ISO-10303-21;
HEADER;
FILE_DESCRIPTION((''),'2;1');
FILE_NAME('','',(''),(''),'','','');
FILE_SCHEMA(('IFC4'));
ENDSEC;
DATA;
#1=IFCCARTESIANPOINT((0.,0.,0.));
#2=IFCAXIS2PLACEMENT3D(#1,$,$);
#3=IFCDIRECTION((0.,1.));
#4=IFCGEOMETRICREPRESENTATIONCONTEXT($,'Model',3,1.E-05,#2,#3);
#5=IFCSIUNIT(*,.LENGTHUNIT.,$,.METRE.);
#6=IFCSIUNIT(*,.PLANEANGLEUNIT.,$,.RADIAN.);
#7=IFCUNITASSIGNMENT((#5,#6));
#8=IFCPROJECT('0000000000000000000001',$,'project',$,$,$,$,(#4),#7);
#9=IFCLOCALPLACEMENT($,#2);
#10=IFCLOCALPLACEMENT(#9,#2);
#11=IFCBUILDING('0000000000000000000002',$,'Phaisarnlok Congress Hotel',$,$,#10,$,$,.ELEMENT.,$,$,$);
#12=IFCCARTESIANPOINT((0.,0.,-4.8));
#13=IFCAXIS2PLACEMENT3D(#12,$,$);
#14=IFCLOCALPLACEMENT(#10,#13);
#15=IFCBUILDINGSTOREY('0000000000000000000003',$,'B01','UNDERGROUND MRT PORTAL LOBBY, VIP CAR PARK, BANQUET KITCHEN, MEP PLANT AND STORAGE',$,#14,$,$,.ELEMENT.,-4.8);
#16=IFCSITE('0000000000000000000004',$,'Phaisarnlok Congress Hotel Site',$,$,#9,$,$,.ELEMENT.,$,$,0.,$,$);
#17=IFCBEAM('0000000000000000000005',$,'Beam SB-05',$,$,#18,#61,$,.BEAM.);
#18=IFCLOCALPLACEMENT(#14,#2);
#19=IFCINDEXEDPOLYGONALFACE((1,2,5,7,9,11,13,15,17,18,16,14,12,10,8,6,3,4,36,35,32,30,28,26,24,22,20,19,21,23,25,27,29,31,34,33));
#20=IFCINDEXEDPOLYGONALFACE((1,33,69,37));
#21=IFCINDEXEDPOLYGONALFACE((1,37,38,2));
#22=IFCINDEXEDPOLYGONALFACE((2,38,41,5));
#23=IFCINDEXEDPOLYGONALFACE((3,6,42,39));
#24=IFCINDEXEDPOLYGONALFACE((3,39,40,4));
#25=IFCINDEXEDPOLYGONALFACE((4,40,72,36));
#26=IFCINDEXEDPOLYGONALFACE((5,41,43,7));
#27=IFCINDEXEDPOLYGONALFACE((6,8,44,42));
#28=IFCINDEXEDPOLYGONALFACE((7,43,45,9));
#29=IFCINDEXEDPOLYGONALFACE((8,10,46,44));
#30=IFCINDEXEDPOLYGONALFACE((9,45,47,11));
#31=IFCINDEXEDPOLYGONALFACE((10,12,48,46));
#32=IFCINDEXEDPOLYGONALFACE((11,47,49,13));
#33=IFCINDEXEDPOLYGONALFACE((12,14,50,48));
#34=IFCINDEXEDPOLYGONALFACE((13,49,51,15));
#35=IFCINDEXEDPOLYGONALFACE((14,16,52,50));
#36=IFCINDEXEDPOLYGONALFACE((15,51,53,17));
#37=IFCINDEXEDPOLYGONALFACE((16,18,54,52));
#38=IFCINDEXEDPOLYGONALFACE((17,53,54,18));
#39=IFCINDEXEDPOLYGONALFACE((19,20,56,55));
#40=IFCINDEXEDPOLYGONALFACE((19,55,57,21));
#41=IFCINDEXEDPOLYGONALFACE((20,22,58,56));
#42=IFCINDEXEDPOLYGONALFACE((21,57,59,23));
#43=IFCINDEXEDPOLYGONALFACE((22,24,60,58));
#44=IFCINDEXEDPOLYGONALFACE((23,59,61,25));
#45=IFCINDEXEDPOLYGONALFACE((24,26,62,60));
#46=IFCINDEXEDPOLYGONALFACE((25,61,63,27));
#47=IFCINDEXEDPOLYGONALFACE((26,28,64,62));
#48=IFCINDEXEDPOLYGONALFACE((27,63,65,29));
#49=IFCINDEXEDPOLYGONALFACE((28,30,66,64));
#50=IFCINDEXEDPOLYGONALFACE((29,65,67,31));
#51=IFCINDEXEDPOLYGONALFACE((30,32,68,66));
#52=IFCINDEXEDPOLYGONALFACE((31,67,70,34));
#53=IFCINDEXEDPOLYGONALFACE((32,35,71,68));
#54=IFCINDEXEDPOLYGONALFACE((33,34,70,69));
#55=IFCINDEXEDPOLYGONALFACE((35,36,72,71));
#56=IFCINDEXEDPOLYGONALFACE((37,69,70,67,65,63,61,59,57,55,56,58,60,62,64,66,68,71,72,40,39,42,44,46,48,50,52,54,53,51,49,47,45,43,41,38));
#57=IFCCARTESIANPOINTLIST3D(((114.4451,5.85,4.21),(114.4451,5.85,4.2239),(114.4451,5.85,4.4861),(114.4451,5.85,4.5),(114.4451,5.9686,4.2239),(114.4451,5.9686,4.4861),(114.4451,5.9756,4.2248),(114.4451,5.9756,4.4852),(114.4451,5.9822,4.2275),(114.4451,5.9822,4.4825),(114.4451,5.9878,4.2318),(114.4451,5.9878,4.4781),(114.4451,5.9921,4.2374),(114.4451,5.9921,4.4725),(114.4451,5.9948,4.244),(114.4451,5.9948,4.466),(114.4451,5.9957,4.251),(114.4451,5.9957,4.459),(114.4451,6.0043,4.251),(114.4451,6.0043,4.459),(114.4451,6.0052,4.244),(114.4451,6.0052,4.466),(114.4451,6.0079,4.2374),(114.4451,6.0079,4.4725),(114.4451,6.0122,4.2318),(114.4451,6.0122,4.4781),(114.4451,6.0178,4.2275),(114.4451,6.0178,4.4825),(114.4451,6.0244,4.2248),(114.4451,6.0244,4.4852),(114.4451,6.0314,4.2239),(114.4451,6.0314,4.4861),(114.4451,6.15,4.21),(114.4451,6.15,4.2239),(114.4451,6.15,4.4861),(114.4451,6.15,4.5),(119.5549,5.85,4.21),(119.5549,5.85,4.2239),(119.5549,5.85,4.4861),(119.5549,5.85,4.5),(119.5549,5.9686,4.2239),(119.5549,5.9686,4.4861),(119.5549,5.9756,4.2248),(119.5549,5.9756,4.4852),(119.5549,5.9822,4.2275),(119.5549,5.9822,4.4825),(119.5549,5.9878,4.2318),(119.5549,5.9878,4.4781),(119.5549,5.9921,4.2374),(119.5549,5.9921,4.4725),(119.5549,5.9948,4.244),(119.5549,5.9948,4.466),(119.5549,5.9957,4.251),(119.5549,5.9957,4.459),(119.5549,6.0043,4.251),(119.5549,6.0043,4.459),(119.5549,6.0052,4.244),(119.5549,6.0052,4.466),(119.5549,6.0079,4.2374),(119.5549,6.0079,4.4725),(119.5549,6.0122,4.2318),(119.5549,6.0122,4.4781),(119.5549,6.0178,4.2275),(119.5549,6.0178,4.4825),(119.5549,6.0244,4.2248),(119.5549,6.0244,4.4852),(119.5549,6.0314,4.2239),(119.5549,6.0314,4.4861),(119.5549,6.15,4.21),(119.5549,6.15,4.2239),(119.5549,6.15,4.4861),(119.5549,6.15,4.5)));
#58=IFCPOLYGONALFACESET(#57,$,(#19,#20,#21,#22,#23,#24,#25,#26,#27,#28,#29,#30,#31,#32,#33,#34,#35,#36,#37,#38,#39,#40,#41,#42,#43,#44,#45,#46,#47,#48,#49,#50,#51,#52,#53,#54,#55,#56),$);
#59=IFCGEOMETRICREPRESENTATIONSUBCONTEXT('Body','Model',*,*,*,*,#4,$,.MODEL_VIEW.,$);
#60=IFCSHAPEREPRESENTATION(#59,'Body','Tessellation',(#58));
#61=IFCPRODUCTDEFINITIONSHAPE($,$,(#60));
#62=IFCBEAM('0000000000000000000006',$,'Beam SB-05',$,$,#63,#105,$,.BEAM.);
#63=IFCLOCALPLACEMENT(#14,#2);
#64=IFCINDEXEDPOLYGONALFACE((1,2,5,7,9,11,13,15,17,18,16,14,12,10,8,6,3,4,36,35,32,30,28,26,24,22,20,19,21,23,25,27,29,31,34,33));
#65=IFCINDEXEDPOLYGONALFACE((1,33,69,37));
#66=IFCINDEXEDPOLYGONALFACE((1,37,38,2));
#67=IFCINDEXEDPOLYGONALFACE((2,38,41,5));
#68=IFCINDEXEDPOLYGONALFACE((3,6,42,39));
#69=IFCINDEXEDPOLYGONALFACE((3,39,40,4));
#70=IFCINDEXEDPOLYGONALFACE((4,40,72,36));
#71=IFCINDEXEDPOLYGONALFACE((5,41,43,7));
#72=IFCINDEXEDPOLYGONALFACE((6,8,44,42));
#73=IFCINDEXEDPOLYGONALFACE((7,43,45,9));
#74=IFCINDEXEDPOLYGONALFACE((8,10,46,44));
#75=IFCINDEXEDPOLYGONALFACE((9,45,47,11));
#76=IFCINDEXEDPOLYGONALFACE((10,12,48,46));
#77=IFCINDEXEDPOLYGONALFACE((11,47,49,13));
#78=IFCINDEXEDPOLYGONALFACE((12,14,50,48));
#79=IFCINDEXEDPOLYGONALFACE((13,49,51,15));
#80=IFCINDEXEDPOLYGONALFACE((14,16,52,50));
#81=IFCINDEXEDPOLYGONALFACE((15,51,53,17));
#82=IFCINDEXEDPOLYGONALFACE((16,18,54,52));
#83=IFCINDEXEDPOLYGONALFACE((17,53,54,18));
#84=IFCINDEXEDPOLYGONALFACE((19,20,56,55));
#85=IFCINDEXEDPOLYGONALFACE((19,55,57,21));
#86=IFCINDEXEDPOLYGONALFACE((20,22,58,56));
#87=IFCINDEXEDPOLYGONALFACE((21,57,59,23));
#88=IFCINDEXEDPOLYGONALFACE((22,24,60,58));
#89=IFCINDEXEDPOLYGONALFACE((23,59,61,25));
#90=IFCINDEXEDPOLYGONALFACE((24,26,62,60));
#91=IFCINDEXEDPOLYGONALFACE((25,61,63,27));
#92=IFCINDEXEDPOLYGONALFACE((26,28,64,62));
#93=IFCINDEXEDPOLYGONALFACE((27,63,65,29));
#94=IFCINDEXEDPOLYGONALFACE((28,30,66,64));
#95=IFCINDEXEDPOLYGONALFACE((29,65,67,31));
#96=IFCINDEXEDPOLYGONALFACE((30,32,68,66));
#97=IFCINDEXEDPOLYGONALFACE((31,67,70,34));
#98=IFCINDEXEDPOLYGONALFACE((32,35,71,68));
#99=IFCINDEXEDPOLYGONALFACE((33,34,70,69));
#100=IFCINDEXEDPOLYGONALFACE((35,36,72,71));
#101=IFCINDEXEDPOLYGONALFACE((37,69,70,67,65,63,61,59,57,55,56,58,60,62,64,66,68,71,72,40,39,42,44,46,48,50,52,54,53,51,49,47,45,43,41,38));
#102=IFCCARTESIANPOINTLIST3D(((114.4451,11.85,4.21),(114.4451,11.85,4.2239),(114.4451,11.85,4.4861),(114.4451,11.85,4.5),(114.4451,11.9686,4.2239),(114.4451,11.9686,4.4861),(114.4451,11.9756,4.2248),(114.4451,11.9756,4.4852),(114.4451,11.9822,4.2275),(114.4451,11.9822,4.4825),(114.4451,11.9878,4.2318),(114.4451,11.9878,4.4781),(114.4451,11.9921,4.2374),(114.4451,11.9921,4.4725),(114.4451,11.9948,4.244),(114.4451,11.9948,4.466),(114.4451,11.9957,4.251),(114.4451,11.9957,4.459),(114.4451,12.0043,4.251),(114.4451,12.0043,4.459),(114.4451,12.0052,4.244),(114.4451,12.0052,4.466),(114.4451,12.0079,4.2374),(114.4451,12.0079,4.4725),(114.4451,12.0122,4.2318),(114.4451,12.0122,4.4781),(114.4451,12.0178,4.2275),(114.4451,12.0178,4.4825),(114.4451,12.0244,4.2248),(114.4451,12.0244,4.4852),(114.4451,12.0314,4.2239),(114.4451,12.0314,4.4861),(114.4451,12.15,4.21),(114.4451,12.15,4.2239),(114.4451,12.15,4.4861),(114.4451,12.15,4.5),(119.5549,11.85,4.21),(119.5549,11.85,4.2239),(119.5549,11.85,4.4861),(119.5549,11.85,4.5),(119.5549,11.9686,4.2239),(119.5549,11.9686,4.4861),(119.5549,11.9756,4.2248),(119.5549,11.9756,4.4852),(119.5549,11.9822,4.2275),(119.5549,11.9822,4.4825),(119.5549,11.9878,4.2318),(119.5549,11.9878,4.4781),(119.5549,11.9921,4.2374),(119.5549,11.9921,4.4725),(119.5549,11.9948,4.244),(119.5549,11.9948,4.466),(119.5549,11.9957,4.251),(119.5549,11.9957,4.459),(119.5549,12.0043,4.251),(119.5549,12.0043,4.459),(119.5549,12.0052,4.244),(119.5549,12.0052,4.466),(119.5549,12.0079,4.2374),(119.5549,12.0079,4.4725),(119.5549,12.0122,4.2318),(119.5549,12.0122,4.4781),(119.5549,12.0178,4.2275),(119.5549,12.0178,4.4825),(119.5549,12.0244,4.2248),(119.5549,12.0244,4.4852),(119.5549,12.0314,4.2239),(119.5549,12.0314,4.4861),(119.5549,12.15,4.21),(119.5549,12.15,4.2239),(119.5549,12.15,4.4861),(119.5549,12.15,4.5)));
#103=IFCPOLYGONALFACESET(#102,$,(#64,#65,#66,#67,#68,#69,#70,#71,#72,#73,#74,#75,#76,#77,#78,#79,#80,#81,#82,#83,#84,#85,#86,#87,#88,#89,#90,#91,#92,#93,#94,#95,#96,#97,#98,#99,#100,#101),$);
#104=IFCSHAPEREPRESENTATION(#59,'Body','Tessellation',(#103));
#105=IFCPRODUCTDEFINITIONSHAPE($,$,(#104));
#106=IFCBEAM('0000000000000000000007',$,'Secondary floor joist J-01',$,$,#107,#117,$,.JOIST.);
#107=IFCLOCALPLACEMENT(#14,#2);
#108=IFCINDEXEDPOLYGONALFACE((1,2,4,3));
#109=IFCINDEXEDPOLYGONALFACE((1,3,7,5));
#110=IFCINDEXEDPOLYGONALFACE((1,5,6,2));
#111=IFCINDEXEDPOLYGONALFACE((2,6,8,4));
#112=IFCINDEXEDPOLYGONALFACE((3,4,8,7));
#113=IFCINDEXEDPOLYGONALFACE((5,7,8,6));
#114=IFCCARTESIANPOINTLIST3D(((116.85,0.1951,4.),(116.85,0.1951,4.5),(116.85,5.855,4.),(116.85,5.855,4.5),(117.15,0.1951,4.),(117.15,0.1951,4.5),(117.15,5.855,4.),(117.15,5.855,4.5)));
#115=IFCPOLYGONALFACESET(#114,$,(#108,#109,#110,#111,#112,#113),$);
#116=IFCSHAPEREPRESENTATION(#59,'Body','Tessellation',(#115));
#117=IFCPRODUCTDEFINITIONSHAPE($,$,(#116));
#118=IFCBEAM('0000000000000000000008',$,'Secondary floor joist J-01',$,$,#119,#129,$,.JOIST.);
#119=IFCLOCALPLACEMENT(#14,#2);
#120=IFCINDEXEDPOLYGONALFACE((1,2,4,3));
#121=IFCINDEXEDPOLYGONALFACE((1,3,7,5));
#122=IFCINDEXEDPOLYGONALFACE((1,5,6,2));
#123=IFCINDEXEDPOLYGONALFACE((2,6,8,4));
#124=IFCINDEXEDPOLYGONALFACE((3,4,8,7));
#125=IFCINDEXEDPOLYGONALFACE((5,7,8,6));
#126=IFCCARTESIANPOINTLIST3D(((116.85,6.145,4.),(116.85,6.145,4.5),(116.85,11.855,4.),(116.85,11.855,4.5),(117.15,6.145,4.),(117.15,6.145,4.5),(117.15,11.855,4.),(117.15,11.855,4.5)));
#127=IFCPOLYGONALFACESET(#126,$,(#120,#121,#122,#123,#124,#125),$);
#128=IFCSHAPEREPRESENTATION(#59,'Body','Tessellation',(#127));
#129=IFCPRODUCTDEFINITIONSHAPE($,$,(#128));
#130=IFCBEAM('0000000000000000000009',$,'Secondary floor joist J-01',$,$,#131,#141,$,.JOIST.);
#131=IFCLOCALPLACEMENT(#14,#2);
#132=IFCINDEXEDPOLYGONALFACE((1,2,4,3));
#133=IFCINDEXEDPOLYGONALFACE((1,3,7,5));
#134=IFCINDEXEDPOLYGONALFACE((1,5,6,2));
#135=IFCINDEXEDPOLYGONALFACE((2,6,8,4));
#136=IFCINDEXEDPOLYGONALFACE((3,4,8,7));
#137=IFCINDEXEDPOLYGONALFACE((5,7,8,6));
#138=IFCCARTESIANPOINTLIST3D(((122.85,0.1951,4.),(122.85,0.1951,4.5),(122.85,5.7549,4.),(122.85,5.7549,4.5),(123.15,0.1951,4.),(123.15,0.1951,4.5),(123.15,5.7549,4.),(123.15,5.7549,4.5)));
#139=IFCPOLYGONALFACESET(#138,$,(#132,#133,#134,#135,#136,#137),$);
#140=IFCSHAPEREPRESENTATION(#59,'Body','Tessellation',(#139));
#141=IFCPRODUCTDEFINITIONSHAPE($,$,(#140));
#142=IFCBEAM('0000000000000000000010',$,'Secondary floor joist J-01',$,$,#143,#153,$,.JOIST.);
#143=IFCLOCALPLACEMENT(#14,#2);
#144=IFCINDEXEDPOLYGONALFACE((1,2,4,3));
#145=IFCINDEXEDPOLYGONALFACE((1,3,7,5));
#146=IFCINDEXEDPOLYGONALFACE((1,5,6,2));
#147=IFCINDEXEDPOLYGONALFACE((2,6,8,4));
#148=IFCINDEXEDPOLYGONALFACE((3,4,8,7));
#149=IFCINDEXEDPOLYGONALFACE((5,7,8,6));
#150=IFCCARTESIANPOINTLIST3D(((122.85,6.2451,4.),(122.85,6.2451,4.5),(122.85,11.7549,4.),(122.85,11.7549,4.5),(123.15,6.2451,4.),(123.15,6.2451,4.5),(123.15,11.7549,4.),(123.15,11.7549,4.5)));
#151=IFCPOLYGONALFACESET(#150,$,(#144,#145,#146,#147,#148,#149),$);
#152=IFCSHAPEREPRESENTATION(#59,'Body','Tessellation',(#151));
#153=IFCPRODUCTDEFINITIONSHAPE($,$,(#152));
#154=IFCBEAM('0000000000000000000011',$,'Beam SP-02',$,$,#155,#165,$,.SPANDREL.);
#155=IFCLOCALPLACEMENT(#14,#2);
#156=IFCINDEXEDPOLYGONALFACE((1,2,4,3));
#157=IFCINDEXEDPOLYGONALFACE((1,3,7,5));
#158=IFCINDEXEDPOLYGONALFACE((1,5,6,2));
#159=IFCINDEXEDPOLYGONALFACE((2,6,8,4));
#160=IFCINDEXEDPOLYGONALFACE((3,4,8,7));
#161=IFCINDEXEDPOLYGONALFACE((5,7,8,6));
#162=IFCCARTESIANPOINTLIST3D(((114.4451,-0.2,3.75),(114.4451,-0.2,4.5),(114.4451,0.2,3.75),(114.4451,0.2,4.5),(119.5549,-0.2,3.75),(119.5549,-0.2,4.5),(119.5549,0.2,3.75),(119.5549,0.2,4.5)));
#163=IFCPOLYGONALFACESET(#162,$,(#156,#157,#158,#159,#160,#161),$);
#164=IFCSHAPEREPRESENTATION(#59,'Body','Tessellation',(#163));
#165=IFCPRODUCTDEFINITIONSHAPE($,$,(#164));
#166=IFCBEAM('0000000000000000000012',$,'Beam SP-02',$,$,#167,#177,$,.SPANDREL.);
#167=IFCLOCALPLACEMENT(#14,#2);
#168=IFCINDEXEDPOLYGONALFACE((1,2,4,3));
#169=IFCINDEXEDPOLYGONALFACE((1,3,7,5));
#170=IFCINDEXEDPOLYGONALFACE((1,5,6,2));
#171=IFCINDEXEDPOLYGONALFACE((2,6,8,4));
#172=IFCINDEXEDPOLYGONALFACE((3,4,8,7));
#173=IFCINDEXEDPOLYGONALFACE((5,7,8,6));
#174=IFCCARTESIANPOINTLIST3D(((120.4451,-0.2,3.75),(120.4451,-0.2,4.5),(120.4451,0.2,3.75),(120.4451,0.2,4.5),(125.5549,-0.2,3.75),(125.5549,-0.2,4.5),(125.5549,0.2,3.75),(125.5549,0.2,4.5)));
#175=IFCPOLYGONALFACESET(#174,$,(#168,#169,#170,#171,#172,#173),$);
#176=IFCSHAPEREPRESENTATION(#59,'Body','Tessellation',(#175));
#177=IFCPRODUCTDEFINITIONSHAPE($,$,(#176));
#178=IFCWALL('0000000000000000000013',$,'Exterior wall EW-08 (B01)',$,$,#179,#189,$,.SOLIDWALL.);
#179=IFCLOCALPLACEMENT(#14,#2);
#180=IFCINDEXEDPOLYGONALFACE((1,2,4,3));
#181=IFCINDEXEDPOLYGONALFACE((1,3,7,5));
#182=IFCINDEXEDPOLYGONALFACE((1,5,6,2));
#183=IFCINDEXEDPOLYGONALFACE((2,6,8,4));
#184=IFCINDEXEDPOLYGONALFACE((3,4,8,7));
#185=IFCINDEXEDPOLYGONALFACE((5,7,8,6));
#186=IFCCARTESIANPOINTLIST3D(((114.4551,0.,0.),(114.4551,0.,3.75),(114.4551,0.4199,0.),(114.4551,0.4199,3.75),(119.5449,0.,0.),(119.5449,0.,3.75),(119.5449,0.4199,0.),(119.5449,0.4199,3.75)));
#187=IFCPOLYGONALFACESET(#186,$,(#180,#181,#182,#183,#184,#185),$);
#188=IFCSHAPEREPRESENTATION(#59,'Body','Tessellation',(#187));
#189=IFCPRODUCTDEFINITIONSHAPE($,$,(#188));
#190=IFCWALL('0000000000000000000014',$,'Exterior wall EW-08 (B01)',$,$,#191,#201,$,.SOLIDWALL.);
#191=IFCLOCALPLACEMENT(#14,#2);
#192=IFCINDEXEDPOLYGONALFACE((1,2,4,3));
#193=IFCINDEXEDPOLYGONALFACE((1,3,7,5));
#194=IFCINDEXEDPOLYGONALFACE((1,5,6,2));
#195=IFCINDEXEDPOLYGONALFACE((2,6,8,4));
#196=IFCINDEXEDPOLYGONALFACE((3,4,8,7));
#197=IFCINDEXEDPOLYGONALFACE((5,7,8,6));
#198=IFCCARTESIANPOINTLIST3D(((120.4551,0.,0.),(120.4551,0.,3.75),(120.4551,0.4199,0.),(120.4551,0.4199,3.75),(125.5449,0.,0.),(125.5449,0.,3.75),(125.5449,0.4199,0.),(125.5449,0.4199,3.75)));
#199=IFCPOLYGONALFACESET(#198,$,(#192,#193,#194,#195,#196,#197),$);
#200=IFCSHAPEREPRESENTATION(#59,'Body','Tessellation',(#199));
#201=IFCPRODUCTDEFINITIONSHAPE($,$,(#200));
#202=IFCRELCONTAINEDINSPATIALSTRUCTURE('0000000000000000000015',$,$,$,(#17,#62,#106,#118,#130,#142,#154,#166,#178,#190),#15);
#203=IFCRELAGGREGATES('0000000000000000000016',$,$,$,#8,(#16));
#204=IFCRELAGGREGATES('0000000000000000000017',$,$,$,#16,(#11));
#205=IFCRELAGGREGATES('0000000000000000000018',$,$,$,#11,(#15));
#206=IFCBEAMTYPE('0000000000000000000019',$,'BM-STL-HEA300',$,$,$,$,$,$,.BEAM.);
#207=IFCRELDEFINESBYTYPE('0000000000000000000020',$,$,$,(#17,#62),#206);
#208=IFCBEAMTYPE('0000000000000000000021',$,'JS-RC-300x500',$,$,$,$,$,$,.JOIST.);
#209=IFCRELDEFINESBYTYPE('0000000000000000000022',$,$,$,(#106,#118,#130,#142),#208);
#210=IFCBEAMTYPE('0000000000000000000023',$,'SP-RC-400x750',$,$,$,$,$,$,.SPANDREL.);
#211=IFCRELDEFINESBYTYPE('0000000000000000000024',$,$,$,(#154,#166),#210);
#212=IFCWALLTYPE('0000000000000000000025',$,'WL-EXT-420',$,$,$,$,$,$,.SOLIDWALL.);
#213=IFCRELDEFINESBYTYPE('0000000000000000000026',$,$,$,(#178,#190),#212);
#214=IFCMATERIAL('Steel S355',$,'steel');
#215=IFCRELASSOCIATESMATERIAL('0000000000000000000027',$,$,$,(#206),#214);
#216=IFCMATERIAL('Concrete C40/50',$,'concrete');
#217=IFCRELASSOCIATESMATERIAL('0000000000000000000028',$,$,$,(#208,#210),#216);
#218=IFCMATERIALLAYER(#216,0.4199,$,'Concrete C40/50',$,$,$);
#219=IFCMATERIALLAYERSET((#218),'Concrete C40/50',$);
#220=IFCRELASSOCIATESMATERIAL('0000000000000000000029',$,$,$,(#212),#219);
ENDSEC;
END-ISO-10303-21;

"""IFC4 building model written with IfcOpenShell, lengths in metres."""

from ifc_helpers import new_model, si_unit, direction, frame, frame_2d, origin, origin_2d, place, context, subcontext, project, spatial, rectangle, i_section, extrude, material, layer, layer_set, material_profile, profile_set, type_object, element, save


model = new_model("IFC4")

# Units and contexts
model_context = context("Model", 3, precision=1e-05, world=origin(), true_north=direction((0.0, 1.0)))
body_context = subcontext(model_context, "Body", "Model", "MODEL_VIEW")
ifc_project = project(units=[si_unit("LENGTHUNIT", "METRE"), si_unit("PLANEANGLEUNIT", "RADIAN")], contexts=[model_context])

# Site, building, storey
site_placement = place(None, origin())
site = spatial("IfcSite", under=ifc_project, at=site_placement, Name="Phaisarnlok Congress Hotel Site", CompositionType="ELEMENT", RefElevation=0.0)
building_placement = place(site_placement, origin())
building = spatial("IfcBuilding", under=site, at=building_placement, Name="Phaisarnlok Congress Hotel", CompositionType="ELEMENT")
storey_placement = place(building_placement, frame((0.0, 0.0, -4.8)))
storey = spatial("IfcBuildingStorey", under=building, at=storey_placement, Name="B01", Description="UNDERGROUND MRT PORTAL LOBBY, VIP CAR PARK, BANQUET KITCHEN, MEP PLANT AND STORAGE", CompositionType="ELEMENT", Elevation=-4.8)

# Shared definitions
ifc_material_1 = material(Name="Concrete C40/50", Category="concrete")

# Beams
ifc_material_2 = material(Name="Steel S355", Category="steel")
ifc_material_profile_1 = material_profile(ifc_material_2, i_section(OverallWidth=0.3, OverallDepth=0.29, WebThickness=0.0085, FlangeThickness=0.0139, FilletRadius=0.0271, at=origin_2d()), Name="HEA 300")
ifc_profile_set_1 = profile_set([ifc_material_profile_1], Name="Steel S355")
beam_type_1 = type_object("IfcBeamType", Name="BM-STL-HEA300", PredefinedType="BEAM", material=ifc_profile_set_1)
for number, where, z_axis, x_axis, name in (
    (1, (114.4451, 6.0, 4.355), (1.0, 0.0, 0.0), (0.0, 1.0, 0.0), "Beam SB-05"),
    (2, (114.4451, 12.0, 4.355), (1.0, 0.0, 0.0), (0.0, 1.0, 0.0), "Beam SB-05"),
):
    element("IfcBeam", number, at=place(storey_placement, frame(where, z_axis=z_axis, x_axis=x_axis)), inside=storey, type_object=beam_type_1, Name=name, PredefinedType="BEAM", context=body_context, shape_type="SweptSolid", body=[
        extrude(i_section(OverallWidth=0.3, OverallDepth=0.29, WebThickness=0.0085, FlangeThickness=0.0139, FilletRadius=0.0271, at=origin_2d()), origin(), (0.0, 0.0, 1.0), 5.1099),
    ])
ifc_material_profile_2 = material_profile(ifc_material_1, rectangle(XDim=0.3, YDim=0.5, at=origin_2d()), Name="RC 300x500")
ifc_profile_set_2 = profile_set([ifc_material_profile_2], Name="Concrete C40/50")
beam_type_2 = type_object("IfcBeamType", Name="JS-RC-300x500", PredefinedType="JOIST", material=ifc_profile_set_2)
beam_1_placement = place(storey_placement, frame((117.0, 0.1951, 4.25), z_axis=(0.0, 1.0, 0.0), x_axis=(-1.0, 0.0, 0.0)))
element("IfcBeam", 3, at=beam_1_placement, inside=storey, type_object=beam_type_2, Name="Secondary floor joist J-01", PredefinedType="JOIST", context=body_context, shape_type="SweptSolid", body=[
    extrude(rectangle(XDim=0.3, YDim=0.5, at=origin_2d()), origin(), (0.0, 0.0, 1.0), 5.6599),
])
beam_2_placement = place(storey_placement, frame((117.0, 6.145, 4.25), z_axis=(0.0, 1.0, 0.0), x_axis=(-1.0, 0.0, 0.0)))
element("IfcBeam", 4, at=beam_2_placement, inside=storey, type_object=beam_type_2, Name="Secondary floor joist J-01", PredefinedType="JOIST", context=body_context, shape_type="SweptSolid", body=[
    extrude(rectangle(XDim=0.3, YDim=0.5, at=origin_2d()), origin(), (0.0, 0.0, 1.0), 5.71),
])
beam_3_placement = place(storey_placement, frame((123.0, 0.1951, 4.25), z_axis=(0.0, 1.0, 0.0), x_axis=(-1.0, 0.0, 0.0)))
element("IfcBeam", 5, at=beam_3_placement, inside=storey, type_object=beam_type_2, Name="Secondary floor joist J-01", PredefinedType="JOIST", context=body_context, shape_type="SweptSolid", body=[
    extrude(rectangle(XDim=0.3, YDim=0.5, at=origin_2d()), origin(), (0.0, 0.0, 1.0), 5.5598),
])
beam_4_placement = place(storey_placement, frame((123.0, 6.2451, 4.25), z_axis=(0.0, 1.0, 0.0), x_axis=(-1.0, 0.0, 0.0)))
element("IfcBeam", 6, at=beam_4_placement, inside=storey, type_object=beam_type_2, Name="Secondary floor joist J-01", PredefinedType="JOIST", context=body_context, shape_type="SweptSolid", body=[
    extrude(rectangle(XDim=0.3, YDim=0.5, at=origin_2d()), origin(), (0.0, 0.0, 1.0), 5.5098),
])
ifc_material_profile_3 = material_profile(ifc_material_1, rectangle(XDim=0.3999, YDim=0.75, at=origin_2d()), Name="RC 400x750")
ifc_profile_set_3 = profile_set([ifc_material_profile_3], Name="Concrete C40/50")
beam_type_3 = type_object("IfcBeamType", Name="SP-RC-400x750", PredefinedType="SPANDREL", material=ifc_profile_set_3)
for number, where, z_axis, x_axis, name in (
    (7, (114.4451, 0.0, 4.125), (1.0, 0.0, 0.0), (0.0, 1.0, 0.0), "Beam SP-02"),
    (8, (120.4451, 0.0, 4.125), (1.0, 0.0, 0.0), (0.0, 1.0, 0.0), "Beam SP-02"),
):
    element("IfcBeam", number, at=place(storey_placement, frame(where, z_axis=z_axis, x_axis=x_axis)), inside=storey, type_object=beam_type_3, Name=name, PredefinedType="SPANDREL", context=body_context, shape_type="SweptSolid", body=[
        extrude(rectangle(XDim=0.3999, YDim=0.75, at=origin_2d()), origin(), (0.0, 0.0, 1.0), 5.1099),
    ])

# Walls
ifc_layer_1 = layer(ifc_material_1, 0.4199, Name="Concrete C40/50")
ifc_layer_set_1 = layer_set([ifc_layer_1], Name="Concrete C40/50")
wall_type_1 = type_object("IfcWallType", Name="WL-EXT-420", PredefinedType="SOLIDWALL", material=ifc_layer_set_1)
for number, where, z_axis, x_axis, name in (
    (9, (114.4551, 0.21, 0.0), (0.0, 0.0, 1.0), (1.0, 0.0, 0.0), "Exterior wall EW-08 (B01)"),
    (10, (120.4551, 0.21, 0.0), (0.0, 0.0, 1.0), (1.0, 0.0, 0.0), "Exterior wall EW-08 (B01)"),
):
    element("IfcWall", number, at=place(storey_placement, frame(where, z_axis=z_axis, x_axis=x_axis)), inside=storey, type_object=wall_type_1, Name=name, PredefinedType="SOLIDWALL", context=body_context, shape_type="SweptSolid", body=[
        extrude(rectangle(XDim=5.0898, YDim=0.4199, at=frame_2d((2.5449, 0.0))), origin(), (0.0, 0.0, 1.0), 3.75),
    ])

save(model, "model.ifc")
